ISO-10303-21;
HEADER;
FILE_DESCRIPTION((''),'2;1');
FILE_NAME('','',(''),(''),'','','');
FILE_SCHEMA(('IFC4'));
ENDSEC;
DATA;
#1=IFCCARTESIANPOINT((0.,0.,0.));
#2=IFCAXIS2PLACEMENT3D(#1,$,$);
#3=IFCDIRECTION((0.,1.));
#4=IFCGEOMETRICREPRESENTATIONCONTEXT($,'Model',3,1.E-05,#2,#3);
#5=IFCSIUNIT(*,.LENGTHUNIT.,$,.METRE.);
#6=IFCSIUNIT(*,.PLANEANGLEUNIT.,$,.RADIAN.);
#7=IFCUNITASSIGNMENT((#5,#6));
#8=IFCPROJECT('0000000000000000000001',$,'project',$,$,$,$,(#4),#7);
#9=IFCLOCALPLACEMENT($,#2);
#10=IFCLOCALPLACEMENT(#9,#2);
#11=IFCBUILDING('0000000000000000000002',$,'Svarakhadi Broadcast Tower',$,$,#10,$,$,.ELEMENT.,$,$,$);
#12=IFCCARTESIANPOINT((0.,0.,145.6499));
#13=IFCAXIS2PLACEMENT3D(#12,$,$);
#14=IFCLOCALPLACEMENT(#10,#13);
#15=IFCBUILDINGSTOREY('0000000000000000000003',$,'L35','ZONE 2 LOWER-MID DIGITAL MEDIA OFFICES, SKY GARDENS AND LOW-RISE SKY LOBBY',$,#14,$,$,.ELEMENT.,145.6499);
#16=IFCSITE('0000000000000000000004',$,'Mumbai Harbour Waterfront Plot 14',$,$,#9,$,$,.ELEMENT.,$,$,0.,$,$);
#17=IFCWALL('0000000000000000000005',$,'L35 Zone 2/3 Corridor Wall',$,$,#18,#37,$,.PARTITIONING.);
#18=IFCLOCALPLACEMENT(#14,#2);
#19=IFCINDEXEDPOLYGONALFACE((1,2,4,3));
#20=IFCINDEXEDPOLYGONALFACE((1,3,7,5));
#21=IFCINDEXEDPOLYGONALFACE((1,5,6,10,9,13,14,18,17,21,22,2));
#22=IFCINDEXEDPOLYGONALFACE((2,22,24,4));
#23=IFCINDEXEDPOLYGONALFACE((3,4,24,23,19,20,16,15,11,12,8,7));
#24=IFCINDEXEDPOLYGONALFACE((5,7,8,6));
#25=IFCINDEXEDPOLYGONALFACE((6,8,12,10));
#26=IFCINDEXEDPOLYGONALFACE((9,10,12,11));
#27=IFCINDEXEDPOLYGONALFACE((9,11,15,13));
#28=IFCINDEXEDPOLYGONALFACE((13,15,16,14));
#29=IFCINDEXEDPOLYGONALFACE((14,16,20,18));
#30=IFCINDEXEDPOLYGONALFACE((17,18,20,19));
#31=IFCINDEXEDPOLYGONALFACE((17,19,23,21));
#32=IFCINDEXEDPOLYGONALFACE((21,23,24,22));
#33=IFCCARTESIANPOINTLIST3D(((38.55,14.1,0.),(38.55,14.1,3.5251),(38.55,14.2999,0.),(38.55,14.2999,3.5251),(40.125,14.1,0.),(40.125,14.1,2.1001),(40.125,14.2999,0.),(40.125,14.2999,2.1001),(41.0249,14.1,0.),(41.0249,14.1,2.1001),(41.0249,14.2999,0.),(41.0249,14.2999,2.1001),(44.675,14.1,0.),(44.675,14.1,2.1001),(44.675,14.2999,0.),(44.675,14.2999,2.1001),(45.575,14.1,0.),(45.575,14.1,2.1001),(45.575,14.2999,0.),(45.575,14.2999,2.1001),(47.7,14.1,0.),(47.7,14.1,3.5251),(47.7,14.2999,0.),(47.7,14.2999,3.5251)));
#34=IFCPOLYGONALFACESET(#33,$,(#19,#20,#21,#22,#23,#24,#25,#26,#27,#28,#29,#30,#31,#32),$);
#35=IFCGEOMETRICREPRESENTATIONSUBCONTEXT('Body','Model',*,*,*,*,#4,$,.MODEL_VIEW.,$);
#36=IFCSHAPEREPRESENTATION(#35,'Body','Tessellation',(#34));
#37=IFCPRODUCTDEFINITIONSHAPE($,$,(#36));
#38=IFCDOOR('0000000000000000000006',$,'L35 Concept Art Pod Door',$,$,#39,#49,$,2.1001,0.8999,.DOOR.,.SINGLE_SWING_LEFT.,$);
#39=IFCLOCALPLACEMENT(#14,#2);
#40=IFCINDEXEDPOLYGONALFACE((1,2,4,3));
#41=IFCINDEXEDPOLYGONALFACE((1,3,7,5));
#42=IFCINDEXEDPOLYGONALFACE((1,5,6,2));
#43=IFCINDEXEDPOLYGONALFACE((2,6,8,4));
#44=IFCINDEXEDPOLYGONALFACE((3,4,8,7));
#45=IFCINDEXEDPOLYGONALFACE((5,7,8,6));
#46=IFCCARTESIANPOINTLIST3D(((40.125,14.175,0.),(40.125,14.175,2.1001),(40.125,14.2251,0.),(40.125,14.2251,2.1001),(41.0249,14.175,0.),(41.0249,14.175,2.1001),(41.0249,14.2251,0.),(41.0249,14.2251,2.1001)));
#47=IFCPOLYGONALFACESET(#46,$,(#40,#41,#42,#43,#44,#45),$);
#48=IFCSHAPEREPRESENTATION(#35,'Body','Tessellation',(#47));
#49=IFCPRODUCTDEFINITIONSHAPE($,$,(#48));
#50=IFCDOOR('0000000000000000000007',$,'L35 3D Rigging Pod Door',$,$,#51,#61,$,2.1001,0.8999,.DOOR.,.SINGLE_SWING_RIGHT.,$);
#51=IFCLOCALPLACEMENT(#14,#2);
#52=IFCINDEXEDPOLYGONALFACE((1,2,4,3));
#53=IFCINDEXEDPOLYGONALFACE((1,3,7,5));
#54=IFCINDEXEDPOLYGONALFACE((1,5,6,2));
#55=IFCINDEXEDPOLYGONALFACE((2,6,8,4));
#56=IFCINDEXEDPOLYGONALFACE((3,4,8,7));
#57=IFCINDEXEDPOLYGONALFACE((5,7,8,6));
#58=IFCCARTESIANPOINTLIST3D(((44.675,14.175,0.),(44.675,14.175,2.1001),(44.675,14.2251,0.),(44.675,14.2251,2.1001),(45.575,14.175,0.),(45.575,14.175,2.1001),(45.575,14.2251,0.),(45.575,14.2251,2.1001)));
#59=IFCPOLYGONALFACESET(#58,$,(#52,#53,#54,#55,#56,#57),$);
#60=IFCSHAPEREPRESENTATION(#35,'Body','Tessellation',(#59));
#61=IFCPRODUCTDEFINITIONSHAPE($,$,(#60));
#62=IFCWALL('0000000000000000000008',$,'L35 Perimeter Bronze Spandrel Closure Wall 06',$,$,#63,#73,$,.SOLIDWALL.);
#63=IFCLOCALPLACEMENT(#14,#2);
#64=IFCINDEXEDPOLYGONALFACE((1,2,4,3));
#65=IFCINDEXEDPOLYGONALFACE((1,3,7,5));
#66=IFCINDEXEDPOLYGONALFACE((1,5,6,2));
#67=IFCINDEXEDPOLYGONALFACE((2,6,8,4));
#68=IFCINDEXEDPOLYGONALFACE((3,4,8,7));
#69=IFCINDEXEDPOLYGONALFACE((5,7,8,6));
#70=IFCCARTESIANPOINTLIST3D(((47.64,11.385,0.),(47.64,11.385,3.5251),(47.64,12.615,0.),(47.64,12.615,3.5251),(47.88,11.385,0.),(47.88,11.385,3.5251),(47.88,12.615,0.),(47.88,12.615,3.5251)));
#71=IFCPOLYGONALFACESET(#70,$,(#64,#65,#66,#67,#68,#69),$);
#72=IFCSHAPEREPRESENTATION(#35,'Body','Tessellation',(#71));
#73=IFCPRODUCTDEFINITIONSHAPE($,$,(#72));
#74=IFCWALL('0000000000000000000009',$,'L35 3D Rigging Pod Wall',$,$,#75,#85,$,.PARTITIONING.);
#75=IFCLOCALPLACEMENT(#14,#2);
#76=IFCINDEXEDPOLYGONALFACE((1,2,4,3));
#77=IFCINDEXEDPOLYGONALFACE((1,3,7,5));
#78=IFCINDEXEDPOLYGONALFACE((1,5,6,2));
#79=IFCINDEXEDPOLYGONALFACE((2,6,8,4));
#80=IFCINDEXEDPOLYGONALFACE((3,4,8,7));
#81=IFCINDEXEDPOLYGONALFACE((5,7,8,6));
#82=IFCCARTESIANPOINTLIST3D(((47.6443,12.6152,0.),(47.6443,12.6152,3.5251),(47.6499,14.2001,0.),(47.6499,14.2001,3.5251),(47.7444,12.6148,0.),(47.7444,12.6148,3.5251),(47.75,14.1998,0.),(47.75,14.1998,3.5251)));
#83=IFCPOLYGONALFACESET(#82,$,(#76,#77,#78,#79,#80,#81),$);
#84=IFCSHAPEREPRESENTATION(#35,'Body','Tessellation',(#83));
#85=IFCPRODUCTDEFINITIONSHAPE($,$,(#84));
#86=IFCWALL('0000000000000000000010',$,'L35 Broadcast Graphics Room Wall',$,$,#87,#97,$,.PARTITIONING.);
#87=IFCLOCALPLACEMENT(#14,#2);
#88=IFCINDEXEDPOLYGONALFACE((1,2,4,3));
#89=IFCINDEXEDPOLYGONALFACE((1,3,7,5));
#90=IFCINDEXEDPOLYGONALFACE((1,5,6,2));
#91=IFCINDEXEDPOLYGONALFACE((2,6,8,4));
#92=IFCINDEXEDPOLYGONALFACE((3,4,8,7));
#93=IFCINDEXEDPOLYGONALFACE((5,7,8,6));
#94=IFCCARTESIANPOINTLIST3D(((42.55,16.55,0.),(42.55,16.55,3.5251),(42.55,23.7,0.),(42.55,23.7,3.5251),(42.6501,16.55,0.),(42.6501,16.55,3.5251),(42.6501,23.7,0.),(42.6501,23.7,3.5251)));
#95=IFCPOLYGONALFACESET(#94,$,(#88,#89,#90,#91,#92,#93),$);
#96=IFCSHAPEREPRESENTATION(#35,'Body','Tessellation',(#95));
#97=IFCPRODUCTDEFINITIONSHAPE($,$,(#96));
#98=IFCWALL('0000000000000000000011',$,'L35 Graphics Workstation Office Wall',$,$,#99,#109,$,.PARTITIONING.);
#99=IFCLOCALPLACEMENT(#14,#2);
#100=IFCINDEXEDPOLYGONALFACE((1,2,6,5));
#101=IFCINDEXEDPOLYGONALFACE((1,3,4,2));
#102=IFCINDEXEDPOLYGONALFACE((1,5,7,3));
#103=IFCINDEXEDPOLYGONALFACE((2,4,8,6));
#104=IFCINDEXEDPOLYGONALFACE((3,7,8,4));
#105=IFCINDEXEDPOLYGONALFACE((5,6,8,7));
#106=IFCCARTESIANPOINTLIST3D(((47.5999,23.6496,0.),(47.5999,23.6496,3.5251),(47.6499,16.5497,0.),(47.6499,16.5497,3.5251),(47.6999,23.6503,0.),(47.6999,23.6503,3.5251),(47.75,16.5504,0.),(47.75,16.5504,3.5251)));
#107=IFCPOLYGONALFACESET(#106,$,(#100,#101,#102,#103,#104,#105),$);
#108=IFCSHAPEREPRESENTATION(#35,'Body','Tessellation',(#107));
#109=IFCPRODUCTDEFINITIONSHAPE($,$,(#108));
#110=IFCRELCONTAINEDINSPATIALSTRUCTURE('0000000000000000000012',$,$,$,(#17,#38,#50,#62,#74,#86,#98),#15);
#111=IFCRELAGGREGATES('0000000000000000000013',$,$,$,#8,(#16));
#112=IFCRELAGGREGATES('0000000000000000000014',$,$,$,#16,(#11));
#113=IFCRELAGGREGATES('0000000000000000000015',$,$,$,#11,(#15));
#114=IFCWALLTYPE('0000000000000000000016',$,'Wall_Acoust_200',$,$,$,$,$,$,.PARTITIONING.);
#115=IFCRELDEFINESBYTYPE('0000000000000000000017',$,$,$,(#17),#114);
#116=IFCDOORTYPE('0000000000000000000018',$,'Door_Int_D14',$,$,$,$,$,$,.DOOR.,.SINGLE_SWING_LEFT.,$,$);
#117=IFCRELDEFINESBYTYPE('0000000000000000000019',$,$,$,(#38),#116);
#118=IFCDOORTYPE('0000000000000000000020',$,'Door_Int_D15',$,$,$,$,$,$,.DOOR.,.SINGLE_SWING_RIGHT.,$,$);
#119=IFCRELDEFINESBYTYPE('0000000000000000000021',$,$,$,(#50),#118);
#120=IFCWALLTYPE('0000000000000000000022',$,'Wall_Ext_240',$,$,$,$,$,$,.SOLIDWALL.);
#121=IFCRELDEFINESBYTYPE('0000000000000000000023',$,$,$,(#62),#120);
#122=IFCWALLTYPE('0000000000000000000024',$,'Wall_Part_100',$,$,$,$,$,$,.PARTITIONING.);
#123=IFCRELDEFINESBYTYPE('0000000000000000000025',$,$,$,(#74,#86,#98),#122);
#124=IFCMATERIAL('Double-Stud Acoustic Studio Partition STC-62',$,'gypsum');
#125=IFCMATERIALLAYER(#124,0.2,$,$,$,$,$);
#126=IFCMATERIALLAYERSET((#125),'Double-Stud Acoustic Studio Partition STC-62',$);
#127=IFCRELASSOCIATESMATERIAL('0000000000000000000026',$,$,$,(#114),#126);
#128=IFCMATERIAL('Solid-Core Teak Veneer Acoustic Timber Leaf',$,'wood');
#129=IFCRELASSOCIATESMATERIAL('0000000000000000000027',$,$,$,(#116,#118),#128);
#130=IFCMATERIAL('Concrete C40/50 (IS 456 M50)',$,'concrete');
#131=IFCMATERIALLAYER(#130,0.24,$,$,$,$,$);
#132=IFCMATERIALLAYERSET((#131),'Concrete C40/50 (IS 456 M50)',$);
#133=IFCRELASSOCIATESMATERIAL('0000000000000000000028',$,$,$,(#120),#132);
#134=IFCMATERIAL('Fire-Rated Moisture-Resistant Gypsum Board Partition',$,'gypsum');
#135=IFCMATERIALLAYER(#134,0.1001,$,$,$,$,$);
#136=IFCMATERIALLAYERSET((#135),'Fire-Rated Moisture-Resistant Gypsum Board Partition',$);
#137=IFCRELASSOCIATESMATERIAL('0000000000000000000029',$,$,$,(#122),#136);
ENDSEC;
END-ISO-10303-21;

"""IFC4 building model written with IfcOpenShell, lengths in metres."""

from ifc_helpers import new_model, si_unit, direction, frame, frame_2d, origin, place, context, subcontext, project, spatial, rectangle, extrude, material, layer, layer_set, type_object, element, fill, save


model = new_model("IFC4")

# Units and contexts
model_context = context("Model", 3, precision=1e-05, world=origin(), true_north=direction((0.0, 1.0)))
body_context = subcontext(model_context, "Body", "Model", "MODEL_VIEW")
ifc_project = project(units=[si_unit("LENGTHUNIT", "METRE"), si_unit("PLANEANGLEUNIT", "RADIAN")], contexts=[model_context])

# Site, building, storey
site_placement = place(None, origin())
site = spatial("IfcSite", under=ifc_project, at=site_placement, Name="Mumbai Harbour Waterfront Plot 14", CompositionType="ELEMENT", RefElevation=0.0)
building_placement = place(site_placement, origin())
building = spatial("IfcBuilding", under=site, at=building_placement, Name="Svarakhadi Broadcast Tower", CompositionType="ELEMENT")
storey_placement = place(building_placement, frame((0.0, 0.0, 145.6499)))
storey = spatial("IfcBuildingStorey", under=building, at=storey_placement, Name="L35", Description="ZONE 2 LOWER-MID DIGITAL MEDIA OFFICES, SKY GARDENS AND LOW-RISE SKY LOBBY", CompositionType="ELEMENT", Elevation=145.6499)

# Wall, openings, doors
ifc_material_1 = material(Name="Double-Stud Acoustic Studio Partition STC-62", Category="gypsum")
ifc_layer_1 = layer(ifc_material_1, 0.2)
ifc_layer_set_1 = layer_set([ifc_layer_1], Name="Double-Stud Acoustic Studio Partition STC-62")
wall_type_1 = type_object("IfcWallType", Name="Wall_Acoust_200", PredefinedType="PARTITIONING", material=ifc_layer_set_1)
wall_1_placement = place(storey_placement, frame((47.7, 14.2, 0.0), z_axis=(0.0, 0.0, 1.0), x_axis=(-1.0, 0.0, 0.0)))
wall_1 = element("IfcWall", 1, at=wall_1_placement, inside=storey, type_object=wall_type_1, Name="L35 Zone 2/3 Corridor Wall", PredefinedType="PARTITIONING", context=body_context, shape_type="SweptSolid", body=[
    extrude(rectangle(XDim=9.1499, YDim=0.2, at=frame_2d((4.575, 0.0))), origin(), (0.0, 0.0, 1.0), 3.5251),
])
opening_1_placement = place(wall_1_placement, frame((6.675, 0.0, 0.0)))
opening_1 = element("IfcOpeningElement", 2, at=opening_1_placement, cuts=wall_1, PredefinedType="OPENING", context=body_context, shape_type="SweptSolid", body=[
    extrude(rectangle(XDim=0.8999, YDim=2.1001, at=frame_2d((0.45, 1.05))), frame((0.0, 0.1099, 0.0), z_axis=(0.0, -1.0, 0.0), x_axis=(1.0, 0.0, 0.0)), (0.0, 0.0, 1.0), 0.22),
])
opening_2_placement = place(wall_1_placement, frame((2.125, 0.0, 0.0)))
opening_2 = element("IfcOpeningElement", 3, at=opening_2_placement, cuts=wall_1, PredefinedType="OPENING", context=body_context, shape_type="SweptSolid", body=[
    extrude(rectangle(XDim=0.8999, YDim=2.1001, at=frame_2d((0.45, 1.05))), frame((0.0, 0.1099, 0.0), z_axis=(0.0, -1.0, 0.0), x_axis=(1.0, 0.0, 0.0)), (0.0, 0.0, 1.0), 0.22),
])
ifc_material_2 = material(Name="Solid-Core Teak Veneer Acoustic Timber Leaf", Category="wood")
door_type_1 = type_object("IfcDoorType", Name="Door_Int_D14", OperationType="SINGLE_SWING_LEFT", PredefinedType="DOOR", material=ifc_material_2)
door_1_placement = place(opening_1_placement, origin())
door_1 = element("IfcDoor", 4, at=door_1_placement, inside=storey, type_object=door_type_1, Name="L35 Concept Art Pod Door", OperationType="SINGLE_SWING_LEFT", OverallHeight=2.1001, OverallWidth=0.8999, PredefinedType="DOOR", context=body_context, shape_type="SweptSolid", body=[
    extrude(rectangle(XDim=0.8999, YDim=2.1001, at=frame_2d((0.45, 1.05))), frame((0.0, 0.0249, 0.0), z_axis=(0.0, -1.0, 0.0), x_axis=(1.0, 0.0, 0.0)), (0.0, 0.0, 1.0), 0.05),
])
fill(opening_1, door_1)
door_type_2 = type_object("IfcDoorType", Name="Door_Int_D15", OperationType="SINGLE_SWING_RIGHT", PredefinedType="DOOR", material=ifc_material_2)
door_2_placement = place(opening_2_placement, origin())
door_2 = element("IfcDoor", 5, at=door_2_placement, inside=storey, type_object=door_type_2, Name="L35 3D Rigging Pod Door", OperationType="SINGLE_SWING_RIGHT", OverallHeight=2.1001, OverallWidth=0.8999, PredefinedType="DOOR", context=body_context, shape_type="SweptSolid", body=[
    extrude(rectangle(XDim=0.8999, YDim=2.1001, at=frame_2d((0.45, 1.05))), frame((0.0, 0.0249, 0.0), z_axis=(0.0, -1.0, 0.0), x_axis=(1.0, 0.0, 0.0)), (0.0, 0.0, 1.0), 0.05),
])
fill(opening_2, door_2)

# Walls
ifc_material_3 = material(Name="Concrete C40/50 (IS 456 M50)", Category="concrete")
ifc_layer_2 = layer(ifc_material_3, 0.24)
ifc_layer_set_2 = layer_set([ifc_layer_2], Name="Concrete C40/50 (IS 456 M50)")
wall_type_2 = type_object("IfcWallType", Name="Wall_Ext_240", PredefinedType="SOLIDWALL", material=ifc_layer_set_2)
wall_2_placement = place(storey_placement, frame((47.76, 12.615, 0.0), z_axis=(0.0, 0.0, 1.0), x_axis=(0.0, -1.0, 0.0)))
element("IfcWall", 6, at=wall_2_placement, inside=storey, type_object=wall_type_2, Name="L35 Perimeter Bronze Spandrel Closure Wall 06", PredefinedType="SOLIDWALL", context=body_context, shape_type="SweptSolid", body=[
    extrude(rectangle(XDim=1.23, YDim=0.24, at=frame_2d((0.615, 0.0))), origin(), (0.0, 0.0, 1.0), 3.5251),
])
ifc_material_4 = material(Name="Fire-Rated Moisture-Resistant Gypsum Board Partition", Category="gypsum")
ifc_layer_3 = layer(ifc_material_4, 0.1001)
ifc_layer_set_3 = layer_set([ifc_layer_3], Name="Fire-Rated Moisture-Resistant Gypsum Board Partition")
wall_type_3 = type_object("IfcWallType", Name="Wall_Part_100", PredefinedType="PARTITIONING", material=ifc_layer_set_3)
wall_3_placement = place(storey_placement, frame((47.6943, 12.615, 0.0), z_axis=(0.0, 0.0, 1.0), x_axis=(0.003543, 0.999994, 0.0)))
element("IfcWall", 7, at=wall_3_placement, inside=storey, type_object=wall_type_3, Name="L35 3D Rigging Pod Wall", PredefinedType="PARTITIONING", context=body_context, shape_type="SweptSolid", body=[
    extrude(rectangle(XDim=1.585, YDim=0.1001, at=frame_2d((0.7925, 0.0))), origin(), (0.0, 0.0, 1.0), 3.5251),
])
wall_4_placement = place(storey_placement, frame((42.6001, 16.55, 0.0), z_axis=(0.0, 0.0, 1.0), x_axis=(0.0, 1.0, 0.0)))
element("IfcWall", 8, at=wall_4_placement, inside=storey, type_object=wall_type_3, Name="L35 Broadcast Graphics Room Wall", PredefinedType="PARTITIONING", context=body_context, shape_type="SweptSolid", body=[
    extrude(rectangle(XDim=7.1499, YDim=0.1001, at=frame_2d((3.575, 0.0))), origin(), (0.0, 0.0, 1.0), 3.5251),
])
wall_5_placement = place(storey_placement, frame((47.7, 16.55, 0.0), z_axis=(0.0, 0.0, 1.0), x_axis=(-0.007049, 0.999975, 0.0)))
element("IfcWall", 9, at=wall_5_placement, inside=storey, type_object=wall_type_3, Name="L35 Graphics Workstation Office Wall", PredefinedType="PARTITIONING", context=body_context, shape_type="SweptSolid", body=[
    extrude(rectangle(XDim=7.1001, YDim=0.1001, at=frame_2d((3.55, 0.0))), origin(), (0.0, 0.0, 1.0), 3.5251),
])

save(model, "model.ifc")
